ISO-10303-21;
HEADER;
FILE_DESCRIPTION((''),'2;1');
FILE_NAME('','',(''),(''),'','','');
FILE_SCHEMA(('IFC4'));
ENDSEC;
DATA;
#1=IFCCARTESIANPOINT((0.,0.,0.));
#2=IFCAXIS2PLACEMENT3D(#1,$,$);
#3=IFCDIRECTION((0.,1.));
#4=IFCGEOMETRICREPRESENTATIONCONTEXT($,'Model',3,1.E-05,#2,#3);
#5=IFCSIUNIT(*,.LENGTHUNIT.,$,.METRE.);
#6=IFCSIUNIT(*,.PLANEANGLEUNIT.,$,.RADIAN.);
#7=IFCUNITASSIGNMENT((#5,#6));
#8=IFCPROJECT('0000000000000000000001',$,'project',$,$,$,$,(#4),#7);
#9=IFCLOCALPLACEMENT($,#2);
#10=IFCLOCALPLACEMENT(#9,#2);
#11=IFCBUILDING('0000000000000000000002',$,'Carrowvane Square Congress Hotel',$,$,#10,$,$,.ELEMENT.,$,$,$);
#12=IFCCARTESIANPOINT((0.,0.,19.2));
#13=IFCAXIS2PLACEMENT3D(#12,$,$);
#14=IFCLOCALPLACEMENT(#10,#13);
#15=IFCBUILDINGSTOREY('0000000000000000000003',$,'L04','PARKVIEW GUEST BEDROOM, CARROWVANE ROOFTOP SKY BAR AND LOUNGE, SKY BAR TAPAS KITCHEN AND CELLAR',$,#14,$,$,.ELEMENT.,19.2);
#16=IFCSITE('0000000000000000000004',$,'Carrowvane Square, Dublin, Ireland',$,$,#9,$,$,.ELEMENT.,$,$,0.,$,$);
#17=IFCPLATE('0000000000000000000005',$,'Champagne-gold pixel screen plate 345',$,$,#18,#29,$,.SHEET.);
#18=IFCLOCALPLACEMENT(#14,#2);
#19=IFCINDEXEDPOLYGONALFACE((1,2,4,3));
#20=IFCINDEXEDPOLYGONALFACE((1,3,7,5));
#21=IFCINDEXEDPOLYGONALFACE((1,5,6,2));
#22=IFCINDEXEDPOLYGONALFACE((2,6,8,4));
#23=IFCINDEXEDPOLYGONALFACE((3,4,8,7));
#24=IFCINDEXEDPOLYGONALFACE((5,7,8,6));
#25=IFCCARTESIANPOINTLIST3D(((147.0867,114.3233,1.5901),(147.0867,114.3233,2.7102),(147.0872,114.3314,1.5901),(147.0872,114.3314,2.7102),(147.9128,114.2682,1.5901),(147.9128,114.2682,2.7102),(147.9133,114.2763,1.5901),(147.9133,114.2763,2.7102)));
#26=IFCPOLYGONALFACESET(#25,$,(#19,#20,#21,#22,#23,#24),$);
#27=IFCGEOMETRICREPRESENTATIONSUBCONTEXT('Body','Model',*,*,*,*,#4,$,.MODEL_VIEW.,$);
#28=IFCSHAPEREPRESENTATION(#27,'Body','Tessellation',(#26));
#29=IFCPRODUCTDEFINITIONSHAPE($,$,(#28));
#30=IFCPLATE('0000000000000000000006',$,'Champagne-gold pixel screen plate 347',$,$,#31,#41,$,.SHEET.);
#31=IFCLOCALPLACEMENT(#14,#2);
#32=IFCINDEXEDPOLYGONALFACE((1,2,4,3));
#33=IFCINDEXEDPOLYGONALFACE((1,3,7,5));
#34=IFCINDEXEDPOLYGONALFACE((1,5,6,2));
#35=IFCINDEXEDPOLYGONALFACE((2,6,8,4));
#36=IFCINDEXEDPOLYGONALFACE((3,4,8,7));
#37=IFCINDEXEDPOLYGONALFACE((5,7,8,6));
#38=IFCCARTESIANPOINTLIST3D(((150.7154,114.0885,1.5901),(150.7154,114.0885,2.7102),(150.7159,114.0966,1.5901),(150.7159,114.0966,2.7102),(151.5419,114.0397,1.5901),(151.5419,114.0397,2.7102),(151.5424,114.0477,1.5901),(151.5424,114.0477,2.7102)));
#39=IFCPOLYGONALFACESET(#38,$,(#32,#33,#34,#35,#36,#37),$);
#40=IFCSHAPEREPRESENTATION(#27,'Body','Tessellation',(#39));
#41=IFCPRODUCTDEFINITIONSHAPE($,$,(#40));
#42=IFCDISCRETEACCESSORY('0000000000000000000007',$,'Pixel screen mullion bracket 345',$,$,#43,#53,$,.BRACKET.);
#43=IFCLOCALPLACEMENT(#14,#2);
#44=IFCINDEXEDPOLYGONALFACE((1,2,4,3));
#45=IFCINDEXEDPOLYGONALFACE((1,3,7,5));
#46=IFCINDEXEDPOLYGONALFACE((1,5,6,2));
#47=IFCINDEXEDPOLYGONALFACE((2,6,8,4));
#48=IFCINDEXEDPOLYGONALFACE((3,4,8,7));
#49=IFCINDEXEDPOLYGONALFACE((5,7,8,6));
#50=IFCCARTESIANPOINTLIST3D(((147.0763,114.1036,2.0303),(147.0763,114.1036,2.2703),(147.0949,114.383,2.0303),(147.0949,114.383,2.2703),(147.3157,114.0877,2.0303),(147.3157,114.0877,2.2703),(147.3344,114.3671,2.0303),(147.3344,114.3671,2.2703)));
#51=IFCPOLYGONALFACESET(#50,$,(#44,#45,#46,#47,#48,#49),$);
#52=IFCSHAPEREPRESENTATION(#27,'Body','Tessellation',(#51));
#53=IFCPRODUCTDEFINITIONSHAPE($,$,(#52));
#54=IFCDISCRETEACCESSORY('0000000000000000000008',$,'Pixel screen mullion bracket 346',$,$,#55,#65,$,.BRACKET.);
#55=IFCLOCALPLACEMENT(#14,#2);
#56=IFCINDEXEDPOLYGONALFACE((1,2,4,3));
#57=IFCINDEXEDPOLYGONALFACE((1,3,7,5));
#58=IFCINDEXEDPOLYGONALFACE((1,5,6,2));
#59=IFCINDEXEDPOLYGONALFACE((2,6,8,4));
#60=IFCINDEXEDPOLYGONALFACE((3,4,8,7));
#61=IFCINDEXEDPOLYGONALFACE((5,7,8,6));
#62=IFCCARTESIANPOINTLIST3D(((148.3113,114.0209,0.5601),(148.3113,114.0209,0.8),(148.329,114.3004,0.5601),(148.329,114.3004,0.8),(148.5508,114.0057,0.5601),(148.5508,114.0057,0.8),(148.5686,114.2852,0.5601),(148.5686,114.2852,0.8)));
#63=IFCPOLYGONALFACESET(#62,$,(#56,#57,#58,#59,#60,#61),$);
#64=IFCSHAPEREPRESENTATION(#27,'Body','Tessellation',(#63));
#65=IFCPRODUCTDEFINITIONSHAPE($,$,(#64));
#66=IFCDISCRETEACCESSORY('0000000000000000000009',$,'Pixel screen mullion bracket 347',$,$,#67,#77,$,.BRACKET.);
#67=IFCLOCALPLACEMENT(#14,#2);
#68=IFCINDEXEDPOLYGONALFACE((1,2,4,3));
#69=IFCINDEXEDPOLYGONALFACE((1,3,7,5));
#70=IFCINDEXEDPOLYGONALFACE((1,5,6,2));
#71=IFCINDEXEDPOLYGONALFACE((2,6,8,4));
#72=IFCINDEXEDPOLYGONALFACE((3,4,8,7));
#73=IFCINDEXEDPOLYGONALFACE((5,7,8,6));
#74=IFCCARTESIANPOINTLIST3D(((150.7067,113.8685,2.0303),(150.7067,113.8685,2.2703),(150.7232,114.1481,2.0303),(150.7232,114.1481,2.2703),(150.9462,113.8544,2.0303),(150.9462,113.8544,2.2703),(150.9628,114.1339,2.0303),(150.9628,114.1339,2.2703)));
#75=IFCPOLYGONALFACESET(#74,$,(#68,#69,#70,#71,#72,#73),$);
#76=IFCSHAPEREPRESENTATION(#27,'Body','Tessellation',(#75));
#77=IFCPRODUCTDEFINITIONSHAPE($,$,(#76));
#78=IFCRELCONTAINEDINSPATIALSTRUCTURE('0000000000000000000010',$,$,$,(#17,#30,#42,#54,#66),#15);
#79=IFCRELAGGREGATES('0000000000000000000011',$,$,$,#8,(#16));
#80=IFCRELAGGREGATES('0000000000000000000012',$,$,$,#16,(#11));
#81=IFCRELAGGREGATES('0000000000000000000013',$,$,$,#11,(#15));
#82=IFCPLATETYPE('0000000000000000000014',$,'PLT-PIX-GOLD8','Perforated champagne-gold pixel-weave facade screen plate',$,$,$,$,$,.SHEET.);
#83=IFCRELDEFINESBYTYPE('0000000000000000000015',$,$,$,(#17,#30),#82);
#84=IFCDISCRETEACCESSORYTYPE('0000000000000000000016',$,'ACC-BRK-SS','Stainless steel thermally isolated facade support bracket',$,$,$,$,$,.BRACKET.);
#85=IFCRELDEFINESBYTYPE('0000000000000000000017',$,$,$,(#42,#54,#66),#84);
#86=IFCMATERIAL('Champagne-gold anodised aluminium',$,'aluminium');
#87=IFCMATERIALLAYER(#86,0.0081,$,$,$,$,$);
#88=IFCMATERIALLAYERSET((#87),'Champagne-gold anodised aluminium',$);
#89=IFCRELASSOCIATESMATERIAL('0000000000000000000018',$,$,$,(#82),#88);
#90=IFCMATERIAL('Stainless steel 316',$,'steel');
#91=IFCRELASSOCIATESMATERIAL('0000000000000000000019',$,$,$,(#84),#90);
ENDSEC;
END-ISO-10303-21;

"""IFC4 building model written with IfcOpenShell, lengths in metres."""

from ifc_helpers import new_model, si_unit, direction, frame, origin, origin_2d, place, context, subcontext, project, spatial, rectangle, extrude, material, layer, layer_set, type_object, element, save


model = new_model("IFC4")

# Units and contexts
model_context = context("Model", 3, precision=1e-05, world=origin(), true_north=direction((0.0, 1.0)))
body_context = subcontext(model_context, "Body", "Model", "MODEL_VIEW")
ifc_project = project(units=[si_unit("LENGTHUNIT", "METRE"), si_unit("PLANEANGLEUNIT", "RADIAN")], contexts=[model_context])

# Site, building, storey
site_placement = place(None, origin())
site = spatial("IfcSite", under=ifc_project, at=site_placement, Name="Carrowvane Square, Dublin, Ireland", CompositionType="ELEMENT", RefElevation=0.0)
building_placement = place(site_placement, origin())
building = spatial("IfcBuilding", under=site, at=building_placement, Name="Carrowvane Square Congress Hotel", CompositionType="ELEMENT")
storey_placement = place(building_placement, frame((0.0, 0.0, 19.2)))
storey = spatial("IfcBuildingStorey", under=building, at=storey_placement, Name="L04", Description="PARKVIEW GUEST BEDROOM, CARROWVANE ROOFTOP SKY BAR AND LOUNGE, SKY BAR TAPAS KITCHEN AND CELLAR", CompositionType="ELEMENT", Elevation=19.2)

# Plates
ifc_material_1 = material(Name="Champagne-gold anodised aluminium", Category="aluminium")
ifc_layer_1 = layer(ifc_material_1, 0.0081)
ifc_layer_set_1 = layer_set([ifc_layer_1], Name="Champagne-gold anodised aluminium")
plate_type_1 = type_object("IfcPlateType", Name="PLT-PIX-GOLD8", Description="Perforated champagne-gold pixel-weave facade screen plate", PredefinedType="SHEET", material=ifc_layer_set_1)
for number, where, z_axis, x_axis, name in (
    (1, (147.5, 114.2998, 1.5901), (0.0, 0.0, 1.0), (0.997781, -0.066574, 0.0), "Champagne-gold pixel screen plate 345"),
    (2, (151.1289, 114.0681, 1.5901), (0.0, 0.0, 1.0), (0.998259, -0.058985, 0.0), "Champagne-gold pixel screen plate 347"),
):
    element("IfcPlate", number, at=place(storey_placement, frame(where, z_axis=z_axis, x_axis=x_axis)), inside=storey, type_object=plate_type_1, Name=name, PredefinedType="SHEET", context=body_context, shape_type="SweptSolid", body=[
        extrude(rectangle(XDim=0.8279, YDim=0.0081, at=origin_2d()), origin(), (0.0, 0.0, 1.0), 1.1201),
    ])

# Discrete accessories
ifc_material_2 = material(Name="Stainless steel 316", Category="steel")
discrete_accessory_type = type_object("IfcDiscreteAccessoryType", Name="ACC-BRK-SS", Description="Stainless steel thermally isolated facade support bracket", PredefinedType="BRACKET", material=ifc_material_2)
for number, where, z_axis, x_axis, name in (
    (3, (147.2053, 114.2354, 2.0303), (0.0, 0.0, 1.0), (0.997781, -0.066574, 0.0), "Pixel screen mullion bracket 345"),
    (4, (148.4399, 114.1531, 0.5601), (0.0, 0.0, 1.0), (0.997996, -0.063277, 0.0), "Pixel screen mullion bracket 346"),
    (5, (150.8347, 114.0012, 2.0303), (0.0, 0.0, 1.0), (0.998259, -0.058985, 0.0), "Pixel screen mullion bracket 347"),
):
    element("IfcDiscreteAccessory", number, at=place(storey_placement, frame(where, z_axis=z_axis, x_axis=x_axis)), inside=storey, type_object=discrete_accessory_type, Name=name, PredefinedType="BRACKET", context=body_context, shape_type="SweptSolid", body=[
        extrude(rectangle(XDim=0.24, YDim=0.28, at=origin_2d()), origin(), (0.0, 0.0, 1.0), 0.24),
    ])

save(model, "model.ifc")
